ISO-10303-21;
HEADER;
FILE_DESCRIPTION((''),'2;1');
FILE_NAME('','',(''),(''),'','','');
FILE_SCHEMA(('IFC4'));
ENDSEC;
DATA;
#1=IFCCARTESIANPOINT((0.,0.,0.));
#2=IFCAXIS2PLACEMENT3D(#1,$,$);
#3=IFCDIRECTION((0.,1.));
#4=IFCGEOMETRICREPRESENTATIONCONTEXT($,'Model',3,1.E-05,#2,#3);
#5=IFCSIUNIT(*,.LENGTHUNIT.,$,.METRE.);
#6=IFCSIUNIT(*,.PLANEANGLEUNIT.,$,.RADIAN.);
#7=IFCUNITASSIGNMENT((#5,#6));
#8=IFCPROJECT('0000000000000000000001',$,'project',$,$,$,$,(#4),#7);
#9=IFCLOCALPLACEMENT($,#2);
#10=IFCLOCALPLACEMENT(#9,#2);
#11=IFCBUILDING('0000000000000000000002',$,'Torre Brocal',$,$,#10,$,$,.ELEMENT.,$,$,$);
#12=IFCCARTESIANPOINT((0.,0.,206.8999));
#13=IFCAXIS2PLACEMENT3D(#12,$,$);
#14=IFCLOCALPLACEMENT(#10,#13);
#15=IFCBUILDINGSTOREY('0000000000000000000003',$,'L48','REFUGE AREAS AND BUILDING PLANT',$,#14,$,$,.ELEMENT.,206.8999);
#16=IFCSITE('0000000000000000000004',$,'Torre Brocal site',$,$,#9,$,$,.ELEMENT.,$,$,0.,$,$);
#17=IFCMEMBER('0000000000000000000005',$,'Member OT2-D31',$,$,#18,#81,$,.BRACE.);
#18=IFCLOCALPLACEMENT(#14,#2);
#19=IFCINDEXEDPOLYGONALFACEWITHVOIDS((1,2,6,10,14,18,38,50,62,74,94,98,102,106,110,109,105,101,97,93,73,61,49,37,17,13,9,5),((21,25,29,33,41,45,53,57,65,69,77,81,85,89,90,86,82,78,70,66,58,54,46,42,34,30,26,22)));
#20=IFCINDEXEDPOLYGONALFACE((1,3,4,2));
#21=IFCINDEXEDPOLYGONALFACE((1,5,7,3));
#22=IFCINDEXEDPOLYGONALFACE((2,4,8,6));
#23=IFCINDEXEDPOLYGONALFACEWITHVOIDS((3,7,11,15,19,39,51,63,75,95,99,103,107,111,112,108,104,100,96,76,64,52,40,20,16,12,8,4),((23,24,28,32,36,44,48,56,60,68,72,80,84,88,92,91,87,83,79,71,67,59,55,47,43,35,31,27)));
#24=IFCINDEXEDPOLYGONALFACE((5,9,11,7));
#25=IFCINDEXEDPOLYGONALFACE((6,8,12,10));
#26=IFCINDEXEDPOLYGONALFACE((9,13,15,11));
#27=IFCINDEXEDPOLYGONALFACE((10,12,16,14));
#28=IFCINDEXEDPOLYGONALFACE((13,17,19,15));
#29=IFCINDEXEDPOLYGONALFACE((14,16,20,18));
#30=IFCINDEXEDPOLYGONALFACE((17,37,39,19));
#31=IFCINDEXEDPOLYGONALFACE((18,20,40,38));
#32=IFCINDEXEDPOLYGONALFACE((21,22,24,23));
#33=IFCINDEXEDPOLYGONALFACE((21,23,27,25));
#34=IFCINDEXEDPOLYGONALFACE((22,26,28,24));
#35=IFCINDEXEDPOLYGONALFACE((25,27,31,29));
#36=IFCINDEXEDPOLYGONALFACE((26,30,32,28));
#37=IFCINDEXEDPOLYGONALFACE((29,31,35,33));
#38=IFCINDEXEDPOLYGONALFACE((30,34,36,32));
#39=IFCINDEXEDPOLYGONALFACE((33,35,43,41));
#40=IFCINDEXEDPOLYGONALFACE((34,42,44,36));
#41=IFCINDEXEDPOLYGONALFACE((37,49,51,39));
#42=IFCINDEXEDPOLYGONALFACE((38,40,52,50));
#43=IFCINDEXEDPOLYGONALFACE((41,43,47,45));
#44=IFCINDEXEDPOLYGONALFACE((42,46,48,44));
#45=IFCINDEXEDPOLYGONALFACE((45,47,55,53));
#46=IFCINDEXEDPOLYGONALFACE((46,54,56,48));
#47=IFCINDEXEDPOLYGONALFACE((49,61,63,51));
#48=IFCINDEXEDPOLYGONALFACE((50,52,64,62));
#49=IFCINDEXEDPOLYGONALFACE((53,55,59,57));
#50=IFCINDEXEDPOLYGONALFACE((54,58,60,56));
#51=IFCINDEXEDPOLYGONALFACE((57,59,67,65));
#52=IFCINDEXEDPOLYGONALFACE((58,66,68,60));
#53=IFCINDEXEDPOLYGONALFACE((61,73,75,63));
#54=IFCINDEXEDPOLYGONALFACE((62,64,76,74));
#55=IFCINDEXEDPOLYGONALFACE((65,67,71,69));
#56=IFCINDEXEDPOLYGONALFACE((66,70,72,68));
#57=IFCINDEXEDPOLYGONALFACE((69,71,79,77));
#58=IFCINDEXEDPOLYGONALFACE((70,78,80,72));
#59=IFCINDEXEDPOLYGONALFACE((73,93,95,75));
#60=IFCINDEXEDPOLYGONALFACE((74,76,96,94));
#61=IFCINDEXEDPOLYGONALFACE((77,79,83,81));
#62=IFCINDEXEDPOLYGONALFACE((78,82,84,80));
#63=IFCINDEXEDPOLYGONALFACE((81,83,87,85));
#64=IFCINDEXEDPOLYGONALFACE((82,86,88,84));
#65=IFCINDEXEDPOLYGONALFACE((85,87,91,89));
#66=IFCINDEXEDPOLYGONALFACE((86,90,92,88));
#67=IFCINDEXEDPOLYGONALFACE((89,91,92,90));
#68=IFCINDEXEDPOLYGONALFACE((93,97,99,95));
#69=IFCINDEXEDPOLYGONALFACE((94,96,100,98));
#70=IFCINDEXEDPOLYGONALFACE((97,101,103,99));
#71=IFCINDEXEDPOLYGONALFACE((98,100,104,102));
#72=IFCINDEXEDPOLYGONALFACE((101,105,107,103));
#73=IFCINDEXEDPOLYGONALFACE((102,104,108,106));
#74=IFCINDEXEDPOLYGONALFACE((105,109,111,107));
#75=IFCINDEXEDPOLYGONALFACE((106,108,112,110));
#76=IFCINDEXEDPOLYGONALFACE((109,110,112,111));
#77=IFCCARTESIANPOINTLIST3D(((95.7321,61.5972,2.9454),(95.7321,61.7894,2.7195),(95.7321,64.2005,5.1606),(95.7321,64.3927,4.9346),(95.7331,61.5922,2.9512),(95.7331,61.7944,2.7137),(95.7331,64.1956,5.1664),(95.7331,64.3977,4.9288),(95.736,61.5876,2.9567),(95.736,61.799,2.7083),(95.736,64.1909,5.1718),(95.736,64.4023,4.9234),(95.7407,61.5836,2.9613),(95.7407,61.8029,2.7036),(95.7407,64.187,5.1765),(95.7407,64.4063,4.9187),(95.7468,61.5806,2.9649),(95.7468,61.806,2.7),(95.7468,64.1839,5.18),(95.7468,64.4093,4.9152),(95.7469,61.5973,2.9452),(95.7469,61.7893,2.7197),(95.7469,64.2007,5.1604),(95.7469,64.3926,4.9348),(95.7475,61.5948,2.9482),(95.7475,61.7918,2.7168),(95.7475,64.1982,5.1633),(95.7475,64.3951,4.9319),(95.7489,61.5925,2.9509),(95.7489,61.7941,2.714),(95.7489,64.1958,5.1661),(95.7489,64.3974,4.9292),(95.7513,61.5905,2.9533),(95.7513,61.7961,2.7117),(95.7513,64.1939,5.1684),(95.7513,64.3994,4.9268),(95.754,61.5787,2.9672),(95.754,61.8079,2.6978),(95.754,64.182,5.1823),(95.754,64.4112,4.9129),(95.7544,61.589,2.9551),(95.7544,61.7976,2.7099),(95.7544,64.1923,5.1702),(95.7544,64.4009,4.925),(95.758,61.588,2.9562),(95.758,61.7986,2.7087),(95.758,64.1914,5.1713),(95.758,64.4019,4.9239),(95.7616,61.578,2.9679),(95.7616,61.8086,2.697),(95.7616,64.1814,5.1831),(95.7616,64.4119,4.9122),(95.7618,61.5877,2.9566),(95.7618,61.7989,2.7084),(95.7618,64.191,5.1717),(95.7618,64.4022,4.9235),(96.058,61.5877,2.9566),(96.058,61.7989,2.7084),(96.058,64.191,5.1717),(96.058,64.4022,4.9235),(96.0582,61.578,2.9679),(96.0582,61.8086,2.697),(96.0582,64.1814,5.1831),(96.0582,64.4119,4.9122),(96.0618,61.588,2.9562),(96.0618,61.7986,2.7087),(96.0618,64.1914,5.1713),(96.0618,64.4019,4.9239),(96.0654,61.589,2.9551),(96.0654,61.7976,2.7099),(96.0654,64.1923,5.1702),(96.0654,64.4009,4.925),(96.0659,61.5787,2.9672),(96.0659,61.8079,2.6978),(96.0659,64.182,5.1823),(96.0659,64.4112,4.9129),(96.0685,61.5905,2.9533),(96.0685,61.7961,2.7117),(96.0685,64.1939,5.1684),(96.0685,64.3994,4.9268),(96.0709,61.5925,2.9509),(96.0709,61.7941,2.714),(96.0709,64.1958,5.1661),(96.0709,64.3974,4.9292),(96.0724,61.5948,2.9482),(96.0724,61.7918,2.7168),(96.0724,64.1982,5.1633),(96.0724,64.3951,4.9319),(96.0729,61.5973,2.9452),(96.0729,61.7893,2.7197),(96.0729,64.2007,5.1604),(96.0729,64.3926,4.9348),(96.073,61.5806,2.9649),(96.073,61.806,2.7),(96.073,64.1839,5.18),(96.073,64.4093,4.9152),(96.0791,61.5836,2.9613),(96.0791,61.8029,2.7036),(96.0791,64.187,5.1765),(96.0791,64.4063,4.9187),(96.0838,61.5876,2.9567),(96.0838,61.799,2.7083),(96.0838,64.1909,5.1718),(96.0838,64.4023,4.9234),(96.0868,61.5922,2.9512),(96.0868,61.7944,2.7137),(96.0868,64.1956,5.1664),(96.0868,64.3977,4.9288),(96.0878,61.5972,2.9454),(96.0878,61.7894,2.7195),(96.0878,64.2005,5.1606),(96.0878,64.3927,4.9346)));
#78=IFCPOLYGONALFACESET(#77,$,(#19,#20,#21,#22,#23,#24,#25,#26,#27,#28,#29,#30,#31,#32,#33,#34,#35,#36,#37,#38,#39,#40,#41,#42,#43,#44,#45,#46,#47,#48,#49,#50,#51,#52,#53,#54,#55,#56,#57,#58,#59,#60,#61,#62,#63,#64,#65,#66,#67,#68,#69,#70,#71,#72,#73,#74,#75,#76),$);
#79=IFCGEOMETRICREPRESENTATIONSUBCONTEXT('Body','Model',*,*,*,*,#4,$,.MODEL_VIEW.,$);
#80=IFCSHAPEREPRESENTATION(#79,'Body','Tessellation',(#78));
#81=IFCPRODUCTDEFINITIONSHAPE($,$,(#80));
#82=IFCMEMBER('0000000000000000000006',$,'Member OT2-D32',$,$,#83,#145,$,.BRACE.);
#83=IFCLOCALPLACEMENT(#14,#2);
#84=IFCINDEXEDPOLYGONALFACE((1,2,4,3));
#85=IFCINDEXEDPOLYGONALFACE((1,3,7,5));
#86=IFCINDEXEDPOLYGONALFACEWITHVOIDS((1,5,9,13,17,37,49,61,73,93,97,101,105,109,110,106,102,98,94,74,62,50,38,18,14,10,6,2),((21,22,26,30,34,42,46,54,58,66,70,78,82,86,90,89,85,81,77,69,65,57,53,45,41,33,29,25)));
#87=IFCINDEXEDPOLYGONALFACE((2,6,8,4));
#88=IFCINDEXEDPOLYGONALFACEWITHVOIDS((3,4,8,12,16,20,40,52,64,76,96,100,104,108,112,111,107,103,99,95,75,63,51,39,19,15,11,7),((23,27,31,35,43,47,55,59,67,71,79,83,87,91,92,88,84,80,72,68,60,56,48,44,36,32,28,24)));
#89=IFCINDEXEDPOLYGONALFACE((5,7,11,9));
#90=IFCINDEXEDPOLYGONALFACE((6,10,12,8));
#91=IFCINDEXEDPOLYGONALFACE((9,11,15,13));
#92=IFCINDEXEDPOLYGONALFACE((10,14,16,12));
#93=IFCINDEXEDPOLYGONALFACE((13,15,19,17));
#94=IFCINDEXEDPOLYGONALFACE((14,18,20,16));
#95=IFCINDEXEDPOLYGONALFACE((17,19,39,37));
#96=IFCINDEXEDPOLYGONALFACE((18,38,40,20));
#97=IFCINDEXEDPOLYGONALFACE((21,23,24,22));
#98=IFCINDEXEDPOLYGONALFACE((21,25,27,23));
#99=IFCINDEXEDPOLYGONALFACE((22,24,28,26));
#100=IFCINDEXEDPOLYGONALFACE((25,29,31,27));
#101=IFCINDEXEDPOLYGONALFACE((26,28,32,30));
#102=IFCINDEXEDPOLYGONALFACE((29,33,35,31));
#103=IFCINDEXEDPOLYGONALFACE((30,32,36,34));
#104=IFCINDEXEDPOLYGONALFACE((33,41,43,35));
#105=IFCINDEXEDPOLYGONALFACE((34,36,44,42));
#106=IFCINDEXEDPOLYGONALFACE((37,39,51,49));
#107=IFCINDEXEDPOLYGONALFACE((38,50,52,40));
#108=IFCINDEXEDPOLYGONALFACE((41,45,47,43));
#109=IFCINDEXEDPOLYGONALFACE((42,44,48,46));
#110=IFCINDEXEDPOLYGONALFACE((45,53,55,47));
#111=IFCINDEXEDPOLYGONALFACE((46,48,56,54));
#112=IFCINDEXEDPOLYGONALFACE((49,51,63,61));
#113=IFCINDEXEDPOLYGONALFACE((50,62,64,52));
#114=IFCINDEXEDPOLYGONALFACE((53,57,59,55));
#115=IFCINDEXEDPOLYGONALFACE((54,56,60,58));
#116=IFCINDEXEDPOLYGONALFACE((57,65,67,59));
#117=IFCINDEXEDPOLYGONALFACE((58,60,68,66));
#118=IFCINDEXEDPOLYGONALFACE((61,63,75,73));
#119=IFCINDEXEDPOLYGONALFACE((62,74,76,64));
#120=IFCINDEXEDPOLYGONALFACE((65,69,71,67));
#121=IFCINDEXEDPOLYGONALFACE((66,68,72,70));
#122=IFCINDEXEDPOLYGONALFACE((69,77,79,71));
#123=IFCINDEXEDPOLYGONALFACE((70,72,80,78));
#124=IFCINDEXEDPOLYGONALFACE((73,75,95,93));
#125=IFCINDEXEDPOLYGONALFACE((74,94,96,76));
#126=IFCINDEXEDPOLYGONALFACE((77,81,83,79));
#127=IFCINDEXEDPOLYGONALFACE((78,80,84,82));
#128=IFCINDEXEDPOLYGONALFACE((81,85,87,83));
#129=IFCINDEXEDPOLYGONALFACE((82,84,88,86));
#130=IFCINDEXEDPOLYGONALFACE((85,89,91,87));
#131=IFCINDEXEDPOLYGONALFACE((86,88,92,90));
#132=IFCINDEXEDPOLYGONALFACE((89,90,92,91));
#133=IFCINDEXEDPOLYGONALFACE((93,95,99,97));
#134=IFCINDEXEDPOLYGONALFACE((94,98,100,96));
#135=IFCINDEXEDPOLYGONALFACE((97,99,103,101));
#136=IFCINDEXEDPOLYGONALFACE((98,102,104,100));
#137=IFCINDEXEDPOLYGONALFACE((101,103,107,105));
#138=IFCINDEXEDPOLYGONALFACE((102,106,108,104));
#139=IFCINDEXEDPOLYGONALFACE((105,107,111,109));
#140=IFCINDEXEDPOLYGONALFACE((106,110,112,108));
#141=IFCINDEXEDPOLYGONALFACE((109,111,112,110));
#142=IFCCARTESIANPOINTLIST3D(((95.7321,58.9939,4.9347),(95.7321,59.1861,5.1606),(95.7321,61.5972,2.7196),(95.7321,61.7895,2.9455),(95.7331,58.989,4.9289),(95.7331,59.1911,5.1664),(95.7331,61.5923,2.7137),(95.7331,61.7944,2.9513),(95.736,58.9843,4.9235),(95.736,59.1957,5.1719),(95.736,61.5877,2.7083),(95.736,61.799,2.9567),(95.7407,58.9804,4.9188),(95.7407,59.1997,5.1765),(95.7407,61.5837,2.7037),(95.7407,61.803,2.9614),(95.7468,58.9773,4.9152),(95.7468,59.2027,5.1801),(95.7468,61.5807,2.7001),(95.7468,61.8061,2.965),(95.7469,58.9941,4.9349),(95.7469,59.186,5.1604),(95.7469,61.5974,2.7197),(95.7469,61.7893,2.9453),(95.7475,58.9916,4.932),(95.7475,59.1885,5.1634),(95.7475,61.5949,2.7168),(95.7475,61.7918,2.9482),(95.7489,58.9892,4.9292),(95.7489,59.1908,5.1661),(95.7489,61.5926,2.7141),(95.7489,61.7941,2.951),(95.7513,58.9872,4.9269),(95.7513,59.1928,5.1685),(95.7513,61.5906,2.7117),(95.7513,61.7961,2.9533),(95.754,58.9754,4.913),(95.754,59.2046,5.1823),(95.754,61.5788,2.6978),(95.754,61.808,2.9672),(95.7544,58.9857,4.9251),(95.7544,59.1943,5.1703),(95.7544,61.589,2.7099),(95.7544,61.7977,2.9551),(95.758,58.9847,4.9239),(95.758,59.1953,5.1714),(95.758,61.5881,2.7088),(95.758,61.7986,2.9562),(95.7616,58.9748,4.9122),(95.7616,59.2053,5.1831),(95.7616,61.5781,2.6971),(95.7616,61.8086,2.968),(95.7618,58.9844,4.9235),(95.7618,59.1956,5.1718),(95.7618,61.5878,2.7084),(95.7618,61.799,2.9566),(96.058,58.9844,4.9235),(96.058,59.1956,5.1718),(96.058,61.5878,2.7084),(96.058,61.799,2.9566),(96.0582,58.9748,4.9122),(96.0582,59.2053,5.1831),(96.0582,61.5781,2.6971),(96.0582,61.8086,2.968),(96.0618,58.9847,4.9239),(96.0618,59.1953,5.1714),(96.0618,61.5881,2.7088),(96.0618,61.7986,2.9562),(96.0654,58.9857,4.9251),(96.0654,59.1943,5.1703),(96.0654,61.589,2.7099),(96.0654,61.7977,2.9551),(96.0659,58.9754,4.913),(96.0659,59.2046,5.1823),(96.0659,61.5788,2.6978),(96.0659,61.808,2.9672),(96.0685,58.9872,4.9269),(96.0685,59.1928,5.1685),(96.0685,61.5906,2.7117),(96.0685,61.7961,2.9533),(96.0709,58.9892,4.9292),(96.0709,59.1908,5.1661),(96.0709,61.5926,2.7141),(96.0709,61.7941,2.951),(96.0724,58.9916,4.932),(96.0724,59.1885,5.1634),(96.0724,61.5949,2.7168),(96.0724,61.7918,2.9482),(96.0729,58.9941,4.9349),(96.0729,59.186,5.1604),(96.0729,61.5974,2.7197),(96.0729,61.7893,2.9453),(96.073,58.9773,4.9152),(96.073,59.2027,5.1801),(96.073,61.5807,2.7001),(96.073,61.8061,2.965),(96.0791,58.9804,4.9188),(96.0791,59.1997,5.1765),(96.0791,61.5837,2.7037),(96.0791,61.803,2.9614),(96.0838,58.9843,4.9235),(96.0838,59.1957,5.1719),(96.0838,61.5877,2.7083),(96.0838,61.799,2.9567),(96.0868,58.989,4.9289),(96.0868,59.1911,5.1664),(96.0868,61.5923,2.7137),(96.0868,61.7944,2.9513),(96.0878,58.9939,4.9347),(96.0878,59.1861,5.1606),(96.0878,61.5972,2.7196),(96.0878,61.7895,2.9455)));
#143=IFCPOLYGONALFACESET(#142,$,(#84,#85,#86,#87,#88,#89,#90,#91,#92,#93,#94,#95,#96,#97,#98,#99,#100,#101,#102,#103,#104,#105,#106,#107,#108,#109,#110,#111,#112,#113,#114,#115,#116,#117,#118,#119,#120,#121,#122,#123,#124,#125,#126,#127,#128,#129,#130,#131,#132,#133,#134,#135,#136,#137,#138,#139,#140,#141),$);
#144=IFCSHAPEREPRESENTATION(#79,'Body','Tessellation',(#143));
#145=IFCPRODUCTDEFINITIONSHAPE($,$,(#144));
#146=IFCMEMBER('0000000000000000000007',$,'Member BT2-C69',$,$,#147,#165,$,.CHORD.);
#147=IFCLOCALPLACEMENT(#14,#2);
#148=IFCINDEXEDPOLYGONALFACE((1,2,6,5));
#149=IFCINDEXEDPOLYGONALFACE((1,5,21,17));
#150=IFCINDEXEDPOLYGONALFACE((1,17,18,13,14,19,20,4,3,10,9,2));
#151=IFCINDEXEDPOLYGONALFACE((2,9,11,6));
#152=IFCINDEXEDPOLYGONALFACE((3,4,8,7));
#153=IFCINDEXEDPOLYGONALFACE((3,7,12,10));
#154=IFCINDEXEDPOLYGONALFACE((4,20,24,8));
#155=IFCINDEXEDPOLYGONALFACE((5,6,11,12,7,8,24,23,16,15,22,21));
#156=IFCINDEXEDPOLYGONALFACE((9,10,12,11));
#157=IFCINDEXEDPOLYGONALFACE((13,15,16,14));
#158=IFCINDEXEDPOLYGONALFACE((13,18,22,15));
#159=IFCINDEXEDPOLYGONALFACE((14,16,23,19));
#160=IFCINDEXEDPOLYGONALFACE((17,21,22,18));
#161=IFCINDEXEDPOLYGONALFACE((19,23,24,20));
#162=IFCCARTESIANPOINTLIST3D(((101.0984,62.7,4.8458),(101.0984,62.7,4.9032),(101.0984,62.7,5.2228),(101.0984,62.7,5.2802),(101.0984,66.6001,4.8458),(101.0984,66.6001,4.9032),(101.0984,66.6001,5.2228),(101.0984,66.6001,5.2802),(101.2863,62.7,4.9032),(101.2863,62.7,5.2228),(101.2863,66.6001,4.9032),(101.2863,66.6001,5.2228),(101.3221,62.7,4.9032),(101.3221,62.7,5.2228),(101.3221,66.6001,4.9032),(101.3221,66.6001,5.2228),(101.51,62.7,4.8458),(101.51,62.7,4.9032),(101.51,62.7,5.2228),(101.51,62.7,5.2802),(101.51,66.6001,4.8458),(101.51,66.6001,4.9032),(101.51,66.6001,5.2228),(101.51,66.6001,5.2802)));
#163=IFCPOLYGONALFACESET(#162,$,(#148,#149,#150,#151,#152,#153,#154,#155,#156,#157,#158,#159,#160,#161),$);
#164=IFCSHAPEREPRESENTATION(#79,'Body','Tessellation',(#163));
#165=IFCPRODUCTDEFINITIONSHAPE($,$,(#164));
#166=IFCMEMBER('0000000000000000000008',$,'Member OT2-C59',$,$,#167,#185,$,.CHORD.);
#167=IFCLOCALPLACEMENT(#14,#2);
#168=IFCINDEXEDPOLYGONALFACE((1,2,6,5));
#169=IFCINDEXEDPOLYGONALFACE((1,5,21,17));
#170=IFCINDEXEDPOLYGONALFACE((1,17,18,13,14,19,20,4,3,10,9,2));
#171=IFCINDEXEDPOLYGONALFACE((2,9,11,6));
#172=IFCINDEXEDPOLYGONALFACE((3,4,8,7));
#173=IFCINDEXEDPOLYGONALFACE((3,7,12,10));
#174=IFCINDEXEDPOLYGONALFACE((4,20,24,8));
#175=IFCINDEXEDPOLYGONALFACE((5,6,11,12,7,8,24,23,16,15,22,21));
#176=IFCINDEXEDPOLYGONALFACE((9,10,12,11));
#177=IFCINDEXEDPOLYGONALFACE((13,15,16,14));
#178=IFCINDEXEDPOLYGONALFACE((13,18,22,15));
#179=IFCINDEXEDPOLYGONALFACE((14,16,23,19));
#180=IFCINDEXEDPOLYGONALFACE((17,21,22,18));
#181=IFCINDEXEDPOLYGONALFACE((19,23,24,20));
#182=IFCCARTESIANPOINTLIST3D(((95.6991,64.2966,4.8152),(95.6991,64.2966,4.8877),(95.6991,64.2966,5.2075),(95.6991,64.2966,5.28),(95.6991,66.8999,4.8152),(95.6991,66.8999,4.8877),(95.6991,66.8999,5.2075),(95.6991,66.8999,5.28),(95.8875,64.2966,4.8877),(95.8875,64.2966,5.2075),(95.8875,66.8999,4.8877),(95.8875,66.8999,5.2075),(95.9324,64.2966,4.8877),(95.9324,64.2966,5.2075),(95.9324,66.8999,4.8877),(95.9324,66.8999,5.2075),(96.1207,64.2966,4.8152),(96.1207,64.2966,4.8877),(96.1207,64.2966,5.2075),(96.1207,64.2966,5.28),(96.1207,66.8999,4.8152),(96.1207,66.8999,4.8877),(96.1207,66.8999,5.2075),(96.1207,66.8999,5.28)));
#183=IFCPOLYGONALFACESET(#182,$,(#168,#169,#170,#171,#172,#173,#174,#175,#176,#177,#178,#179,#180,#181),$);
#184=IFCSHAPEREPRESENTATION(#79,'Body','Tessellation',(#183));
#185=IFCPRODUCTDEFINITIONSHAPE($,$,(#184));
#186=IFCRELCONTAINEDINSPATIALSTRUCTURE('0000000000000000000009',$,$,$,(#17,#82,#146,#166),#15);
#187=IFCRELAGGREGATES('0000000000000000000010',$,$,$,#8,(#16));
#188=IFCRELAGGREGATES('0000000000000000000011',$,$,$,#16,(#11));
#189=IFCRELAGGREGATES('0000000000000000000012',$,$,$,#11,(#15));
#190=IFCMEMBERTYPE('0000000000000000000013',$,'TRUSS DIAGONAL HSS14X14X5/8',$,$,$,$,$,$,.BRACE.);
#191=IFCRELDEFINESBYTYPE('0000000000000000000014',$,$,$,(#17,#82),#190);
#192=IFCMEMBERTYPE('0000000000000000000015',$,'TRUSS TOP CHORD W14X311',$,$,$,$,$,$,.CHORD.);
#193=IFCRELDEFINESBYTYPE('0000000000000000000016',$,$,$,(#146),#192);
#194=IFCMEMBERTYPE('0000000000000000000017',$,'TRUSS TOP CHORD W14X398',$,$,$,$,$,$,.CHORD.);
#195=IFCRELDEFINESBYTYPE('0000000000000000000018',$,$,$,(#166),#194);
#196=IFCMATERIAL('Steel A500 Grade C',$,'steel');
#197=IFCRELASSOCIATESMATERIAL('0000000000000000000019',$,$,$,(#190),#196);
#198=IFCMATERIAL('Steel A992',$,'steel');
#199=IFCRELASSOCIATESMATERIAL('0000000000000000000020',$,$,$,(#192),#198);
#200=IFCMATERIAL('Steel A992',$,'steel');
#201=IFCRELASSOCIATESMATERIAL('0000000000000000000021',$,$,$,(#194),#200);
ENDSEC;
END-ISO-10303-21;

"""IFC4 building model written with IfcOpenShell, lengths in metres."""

from ifc_helpers import new_model, si_unit, direction, frame, origin, origin_2d, place, context, subcontext, project, spatial, hollow_rectangle, i_section, extrude, material, material_profile, profile_set, type_object, element, save


model = new_model("IFC4")

# Units and contexts
model_context = context("Model", 3, precision=1e-05, world=origin(), true_north=direction((0.0, 1.0)))
body_context = subcontext(model_context, "Body", "Model", "MODEL_VIEW")
ifc_project = project(units=[si_unit("LENGTHUNIT", "METRE"), si_unit("PLANEANGLEUNIT", "RADIAN")], contexts=[model_context])

# Site, building, storey
site_placement = place(None, origin())
site = spatial("IfcSite", under=ifc_project, at=site_placement, Name="Torre Brocal site", CompositionType="ELEMENT", RefElevation=0.0)
building_placement = place(site_placement, origin())
building = spatial("IfcBuilding", under=site, at=building_placement, Name="Torre Brocal", CompositionType="ELEMENT")
storey_placement = place(building_placement, frame((0.0, 0.0, 206.8999)))
storey = spatial("IfcBuildingStorey", under=building, at=storey_placement, Name="L48", Description="REFUGE AREAS AND BUILDING PLANT", CompositionType="ELEMENT", Elevation=206.8999)

# Members
ifc_material_1 = material(Name="Steel A500 Grade C", Category="steel")
ifc_material_profile_1 = material_profile(ifc_material_1, hollow_rectangle(XDim=0.3557, YDim=0.3557, WallThickness=0.0149, InnerFilletRadius=0.0149, OuterFilletRadius=0.0295, at=origin_2d()), Name="HSS14X14X5/8")
ifc_profile_set_1 = profile_set([ifc_material_profile_1], Name="Steel A500 Grade C")
member_type_1 = type_object("IfcMemberType", Name="TRUSS DIAGONAL HSS14X14X5/8", PredefinedType="BRACE", material=ifc_profile_set_1)
for number, where, z_axis, x_axis, name in (
    (1, (95.9099, 64.2966, 5.0476), (0.0, -0.761606, -0.64804), (1.0, 0.0, 0.0), "Member OT2-D31"),
    (2, (95.9099, 61.6934, 2.8325), (0.0, -0.761606, 0.64804), (1.0, 0.0, 0.0), "Member OT2-D32"),
):
    element("IfcMember", number, at=place(storey_placement, frame(where, z_axis=z_axis, x_axis=x_axis)), inside=storey, type_object=member_type_1, Name=name, PredefinedType="BRACE", context=body_context, shape_type="SweptSolid", body=[
        extrude(hollow_rectangle(XDim=0.3557, YDim=0.3557, WallThickness=0.0149, InnerFilletRadius=0.0149, OuterFilletRadius=0.0295, at=origin_2d()), origin(), (0.0, 0.0, 1.0), 3.4182),
    ])
ifc_material_2 = material(Name="Steel A992", Category="steel")
ifc_material_profile_2 = material_profile(ifc_material_2, i_section(OverallWidth=0.4116, OverallDepth=0.4343, WebThickness=0.0359, FlangeThickness=0.0574, at=origin_2d()), Name="W14X311")
ifc_profile_set_2 = profile_set([ifc_material_profile_2], Name="Steel A992")
member_type_2 = type_object("IfcMemberType", Name="TRUSS TOP CHORD W14X311", PredefinedType="CHORD", material=ifc_profile_set_2)
member_1_placement = place(storey_placement, frame((101.3042, 62.7, 5.063), z_axis=(0.0, 1.0, 0.0), x_axis=(-1.0, 0.0, 0.0)))
element("IfcMember", 3, at=member_1_placement, inside=storey, type_object=member_type_2, Name="Member BT2-C69", PredefinedType="CHORD", context=body_context, shape_type="SweptSolid", body=[
    extrude(i_section(OverallWidth=0.4116, OverallDepth=0.4343, WebThickness=0.0359, FlangeThickness=0.0574, at=origin_2d()), origin(), (0.0, 0.0, 1.0), 3.9001),
])
ifc_material_3 = material(Name="Steel A992", Category="steel")
ifc_material_profile_3 = material_profile(ifc_material_3, i_section(OverallWidth=0.4216, OverallDepth=0.4648, WebThickness=0.0449, FlangeThickness=0.0725, at=origin_2d()), Name="W14X398")
ifc_profile_set_3 = profile_set([ifc_material_profile_3], Name="Steel A992")
member_type_3 = type_object("IfcMemberType", Name="TRUSS TOP CHORD W14X398", PredefinedType="CHORD", material=ifc_profile_set_3)
for number, where, z_axis, x_axis, name in (
    (4, (95.9099, 66.8999, 5.0476), (0.0, -1.0, 0.0), (1.0, 0.0, 0.0), "Member OT2-C59"),
):
    element("IfcMember", number, at=place(storey_placement, frame(where, z_axis=z_axis, x_axis=x_axis)), inside=storey, type_object=member_type_3, Name=name, PredefinedType="CHORD", context=body_context, shape_type="SweptSolid", body=[
        extrude(i_section(OverallWidth=0.4216, OverallDepth=0.4648, WebThickness=0.0449, FlangeThickness=0.0725, at=origin_2d()), origin(), (0.0, 0.0, 1.0), 2.6033),
    ])

save(model, "model.ifc")
